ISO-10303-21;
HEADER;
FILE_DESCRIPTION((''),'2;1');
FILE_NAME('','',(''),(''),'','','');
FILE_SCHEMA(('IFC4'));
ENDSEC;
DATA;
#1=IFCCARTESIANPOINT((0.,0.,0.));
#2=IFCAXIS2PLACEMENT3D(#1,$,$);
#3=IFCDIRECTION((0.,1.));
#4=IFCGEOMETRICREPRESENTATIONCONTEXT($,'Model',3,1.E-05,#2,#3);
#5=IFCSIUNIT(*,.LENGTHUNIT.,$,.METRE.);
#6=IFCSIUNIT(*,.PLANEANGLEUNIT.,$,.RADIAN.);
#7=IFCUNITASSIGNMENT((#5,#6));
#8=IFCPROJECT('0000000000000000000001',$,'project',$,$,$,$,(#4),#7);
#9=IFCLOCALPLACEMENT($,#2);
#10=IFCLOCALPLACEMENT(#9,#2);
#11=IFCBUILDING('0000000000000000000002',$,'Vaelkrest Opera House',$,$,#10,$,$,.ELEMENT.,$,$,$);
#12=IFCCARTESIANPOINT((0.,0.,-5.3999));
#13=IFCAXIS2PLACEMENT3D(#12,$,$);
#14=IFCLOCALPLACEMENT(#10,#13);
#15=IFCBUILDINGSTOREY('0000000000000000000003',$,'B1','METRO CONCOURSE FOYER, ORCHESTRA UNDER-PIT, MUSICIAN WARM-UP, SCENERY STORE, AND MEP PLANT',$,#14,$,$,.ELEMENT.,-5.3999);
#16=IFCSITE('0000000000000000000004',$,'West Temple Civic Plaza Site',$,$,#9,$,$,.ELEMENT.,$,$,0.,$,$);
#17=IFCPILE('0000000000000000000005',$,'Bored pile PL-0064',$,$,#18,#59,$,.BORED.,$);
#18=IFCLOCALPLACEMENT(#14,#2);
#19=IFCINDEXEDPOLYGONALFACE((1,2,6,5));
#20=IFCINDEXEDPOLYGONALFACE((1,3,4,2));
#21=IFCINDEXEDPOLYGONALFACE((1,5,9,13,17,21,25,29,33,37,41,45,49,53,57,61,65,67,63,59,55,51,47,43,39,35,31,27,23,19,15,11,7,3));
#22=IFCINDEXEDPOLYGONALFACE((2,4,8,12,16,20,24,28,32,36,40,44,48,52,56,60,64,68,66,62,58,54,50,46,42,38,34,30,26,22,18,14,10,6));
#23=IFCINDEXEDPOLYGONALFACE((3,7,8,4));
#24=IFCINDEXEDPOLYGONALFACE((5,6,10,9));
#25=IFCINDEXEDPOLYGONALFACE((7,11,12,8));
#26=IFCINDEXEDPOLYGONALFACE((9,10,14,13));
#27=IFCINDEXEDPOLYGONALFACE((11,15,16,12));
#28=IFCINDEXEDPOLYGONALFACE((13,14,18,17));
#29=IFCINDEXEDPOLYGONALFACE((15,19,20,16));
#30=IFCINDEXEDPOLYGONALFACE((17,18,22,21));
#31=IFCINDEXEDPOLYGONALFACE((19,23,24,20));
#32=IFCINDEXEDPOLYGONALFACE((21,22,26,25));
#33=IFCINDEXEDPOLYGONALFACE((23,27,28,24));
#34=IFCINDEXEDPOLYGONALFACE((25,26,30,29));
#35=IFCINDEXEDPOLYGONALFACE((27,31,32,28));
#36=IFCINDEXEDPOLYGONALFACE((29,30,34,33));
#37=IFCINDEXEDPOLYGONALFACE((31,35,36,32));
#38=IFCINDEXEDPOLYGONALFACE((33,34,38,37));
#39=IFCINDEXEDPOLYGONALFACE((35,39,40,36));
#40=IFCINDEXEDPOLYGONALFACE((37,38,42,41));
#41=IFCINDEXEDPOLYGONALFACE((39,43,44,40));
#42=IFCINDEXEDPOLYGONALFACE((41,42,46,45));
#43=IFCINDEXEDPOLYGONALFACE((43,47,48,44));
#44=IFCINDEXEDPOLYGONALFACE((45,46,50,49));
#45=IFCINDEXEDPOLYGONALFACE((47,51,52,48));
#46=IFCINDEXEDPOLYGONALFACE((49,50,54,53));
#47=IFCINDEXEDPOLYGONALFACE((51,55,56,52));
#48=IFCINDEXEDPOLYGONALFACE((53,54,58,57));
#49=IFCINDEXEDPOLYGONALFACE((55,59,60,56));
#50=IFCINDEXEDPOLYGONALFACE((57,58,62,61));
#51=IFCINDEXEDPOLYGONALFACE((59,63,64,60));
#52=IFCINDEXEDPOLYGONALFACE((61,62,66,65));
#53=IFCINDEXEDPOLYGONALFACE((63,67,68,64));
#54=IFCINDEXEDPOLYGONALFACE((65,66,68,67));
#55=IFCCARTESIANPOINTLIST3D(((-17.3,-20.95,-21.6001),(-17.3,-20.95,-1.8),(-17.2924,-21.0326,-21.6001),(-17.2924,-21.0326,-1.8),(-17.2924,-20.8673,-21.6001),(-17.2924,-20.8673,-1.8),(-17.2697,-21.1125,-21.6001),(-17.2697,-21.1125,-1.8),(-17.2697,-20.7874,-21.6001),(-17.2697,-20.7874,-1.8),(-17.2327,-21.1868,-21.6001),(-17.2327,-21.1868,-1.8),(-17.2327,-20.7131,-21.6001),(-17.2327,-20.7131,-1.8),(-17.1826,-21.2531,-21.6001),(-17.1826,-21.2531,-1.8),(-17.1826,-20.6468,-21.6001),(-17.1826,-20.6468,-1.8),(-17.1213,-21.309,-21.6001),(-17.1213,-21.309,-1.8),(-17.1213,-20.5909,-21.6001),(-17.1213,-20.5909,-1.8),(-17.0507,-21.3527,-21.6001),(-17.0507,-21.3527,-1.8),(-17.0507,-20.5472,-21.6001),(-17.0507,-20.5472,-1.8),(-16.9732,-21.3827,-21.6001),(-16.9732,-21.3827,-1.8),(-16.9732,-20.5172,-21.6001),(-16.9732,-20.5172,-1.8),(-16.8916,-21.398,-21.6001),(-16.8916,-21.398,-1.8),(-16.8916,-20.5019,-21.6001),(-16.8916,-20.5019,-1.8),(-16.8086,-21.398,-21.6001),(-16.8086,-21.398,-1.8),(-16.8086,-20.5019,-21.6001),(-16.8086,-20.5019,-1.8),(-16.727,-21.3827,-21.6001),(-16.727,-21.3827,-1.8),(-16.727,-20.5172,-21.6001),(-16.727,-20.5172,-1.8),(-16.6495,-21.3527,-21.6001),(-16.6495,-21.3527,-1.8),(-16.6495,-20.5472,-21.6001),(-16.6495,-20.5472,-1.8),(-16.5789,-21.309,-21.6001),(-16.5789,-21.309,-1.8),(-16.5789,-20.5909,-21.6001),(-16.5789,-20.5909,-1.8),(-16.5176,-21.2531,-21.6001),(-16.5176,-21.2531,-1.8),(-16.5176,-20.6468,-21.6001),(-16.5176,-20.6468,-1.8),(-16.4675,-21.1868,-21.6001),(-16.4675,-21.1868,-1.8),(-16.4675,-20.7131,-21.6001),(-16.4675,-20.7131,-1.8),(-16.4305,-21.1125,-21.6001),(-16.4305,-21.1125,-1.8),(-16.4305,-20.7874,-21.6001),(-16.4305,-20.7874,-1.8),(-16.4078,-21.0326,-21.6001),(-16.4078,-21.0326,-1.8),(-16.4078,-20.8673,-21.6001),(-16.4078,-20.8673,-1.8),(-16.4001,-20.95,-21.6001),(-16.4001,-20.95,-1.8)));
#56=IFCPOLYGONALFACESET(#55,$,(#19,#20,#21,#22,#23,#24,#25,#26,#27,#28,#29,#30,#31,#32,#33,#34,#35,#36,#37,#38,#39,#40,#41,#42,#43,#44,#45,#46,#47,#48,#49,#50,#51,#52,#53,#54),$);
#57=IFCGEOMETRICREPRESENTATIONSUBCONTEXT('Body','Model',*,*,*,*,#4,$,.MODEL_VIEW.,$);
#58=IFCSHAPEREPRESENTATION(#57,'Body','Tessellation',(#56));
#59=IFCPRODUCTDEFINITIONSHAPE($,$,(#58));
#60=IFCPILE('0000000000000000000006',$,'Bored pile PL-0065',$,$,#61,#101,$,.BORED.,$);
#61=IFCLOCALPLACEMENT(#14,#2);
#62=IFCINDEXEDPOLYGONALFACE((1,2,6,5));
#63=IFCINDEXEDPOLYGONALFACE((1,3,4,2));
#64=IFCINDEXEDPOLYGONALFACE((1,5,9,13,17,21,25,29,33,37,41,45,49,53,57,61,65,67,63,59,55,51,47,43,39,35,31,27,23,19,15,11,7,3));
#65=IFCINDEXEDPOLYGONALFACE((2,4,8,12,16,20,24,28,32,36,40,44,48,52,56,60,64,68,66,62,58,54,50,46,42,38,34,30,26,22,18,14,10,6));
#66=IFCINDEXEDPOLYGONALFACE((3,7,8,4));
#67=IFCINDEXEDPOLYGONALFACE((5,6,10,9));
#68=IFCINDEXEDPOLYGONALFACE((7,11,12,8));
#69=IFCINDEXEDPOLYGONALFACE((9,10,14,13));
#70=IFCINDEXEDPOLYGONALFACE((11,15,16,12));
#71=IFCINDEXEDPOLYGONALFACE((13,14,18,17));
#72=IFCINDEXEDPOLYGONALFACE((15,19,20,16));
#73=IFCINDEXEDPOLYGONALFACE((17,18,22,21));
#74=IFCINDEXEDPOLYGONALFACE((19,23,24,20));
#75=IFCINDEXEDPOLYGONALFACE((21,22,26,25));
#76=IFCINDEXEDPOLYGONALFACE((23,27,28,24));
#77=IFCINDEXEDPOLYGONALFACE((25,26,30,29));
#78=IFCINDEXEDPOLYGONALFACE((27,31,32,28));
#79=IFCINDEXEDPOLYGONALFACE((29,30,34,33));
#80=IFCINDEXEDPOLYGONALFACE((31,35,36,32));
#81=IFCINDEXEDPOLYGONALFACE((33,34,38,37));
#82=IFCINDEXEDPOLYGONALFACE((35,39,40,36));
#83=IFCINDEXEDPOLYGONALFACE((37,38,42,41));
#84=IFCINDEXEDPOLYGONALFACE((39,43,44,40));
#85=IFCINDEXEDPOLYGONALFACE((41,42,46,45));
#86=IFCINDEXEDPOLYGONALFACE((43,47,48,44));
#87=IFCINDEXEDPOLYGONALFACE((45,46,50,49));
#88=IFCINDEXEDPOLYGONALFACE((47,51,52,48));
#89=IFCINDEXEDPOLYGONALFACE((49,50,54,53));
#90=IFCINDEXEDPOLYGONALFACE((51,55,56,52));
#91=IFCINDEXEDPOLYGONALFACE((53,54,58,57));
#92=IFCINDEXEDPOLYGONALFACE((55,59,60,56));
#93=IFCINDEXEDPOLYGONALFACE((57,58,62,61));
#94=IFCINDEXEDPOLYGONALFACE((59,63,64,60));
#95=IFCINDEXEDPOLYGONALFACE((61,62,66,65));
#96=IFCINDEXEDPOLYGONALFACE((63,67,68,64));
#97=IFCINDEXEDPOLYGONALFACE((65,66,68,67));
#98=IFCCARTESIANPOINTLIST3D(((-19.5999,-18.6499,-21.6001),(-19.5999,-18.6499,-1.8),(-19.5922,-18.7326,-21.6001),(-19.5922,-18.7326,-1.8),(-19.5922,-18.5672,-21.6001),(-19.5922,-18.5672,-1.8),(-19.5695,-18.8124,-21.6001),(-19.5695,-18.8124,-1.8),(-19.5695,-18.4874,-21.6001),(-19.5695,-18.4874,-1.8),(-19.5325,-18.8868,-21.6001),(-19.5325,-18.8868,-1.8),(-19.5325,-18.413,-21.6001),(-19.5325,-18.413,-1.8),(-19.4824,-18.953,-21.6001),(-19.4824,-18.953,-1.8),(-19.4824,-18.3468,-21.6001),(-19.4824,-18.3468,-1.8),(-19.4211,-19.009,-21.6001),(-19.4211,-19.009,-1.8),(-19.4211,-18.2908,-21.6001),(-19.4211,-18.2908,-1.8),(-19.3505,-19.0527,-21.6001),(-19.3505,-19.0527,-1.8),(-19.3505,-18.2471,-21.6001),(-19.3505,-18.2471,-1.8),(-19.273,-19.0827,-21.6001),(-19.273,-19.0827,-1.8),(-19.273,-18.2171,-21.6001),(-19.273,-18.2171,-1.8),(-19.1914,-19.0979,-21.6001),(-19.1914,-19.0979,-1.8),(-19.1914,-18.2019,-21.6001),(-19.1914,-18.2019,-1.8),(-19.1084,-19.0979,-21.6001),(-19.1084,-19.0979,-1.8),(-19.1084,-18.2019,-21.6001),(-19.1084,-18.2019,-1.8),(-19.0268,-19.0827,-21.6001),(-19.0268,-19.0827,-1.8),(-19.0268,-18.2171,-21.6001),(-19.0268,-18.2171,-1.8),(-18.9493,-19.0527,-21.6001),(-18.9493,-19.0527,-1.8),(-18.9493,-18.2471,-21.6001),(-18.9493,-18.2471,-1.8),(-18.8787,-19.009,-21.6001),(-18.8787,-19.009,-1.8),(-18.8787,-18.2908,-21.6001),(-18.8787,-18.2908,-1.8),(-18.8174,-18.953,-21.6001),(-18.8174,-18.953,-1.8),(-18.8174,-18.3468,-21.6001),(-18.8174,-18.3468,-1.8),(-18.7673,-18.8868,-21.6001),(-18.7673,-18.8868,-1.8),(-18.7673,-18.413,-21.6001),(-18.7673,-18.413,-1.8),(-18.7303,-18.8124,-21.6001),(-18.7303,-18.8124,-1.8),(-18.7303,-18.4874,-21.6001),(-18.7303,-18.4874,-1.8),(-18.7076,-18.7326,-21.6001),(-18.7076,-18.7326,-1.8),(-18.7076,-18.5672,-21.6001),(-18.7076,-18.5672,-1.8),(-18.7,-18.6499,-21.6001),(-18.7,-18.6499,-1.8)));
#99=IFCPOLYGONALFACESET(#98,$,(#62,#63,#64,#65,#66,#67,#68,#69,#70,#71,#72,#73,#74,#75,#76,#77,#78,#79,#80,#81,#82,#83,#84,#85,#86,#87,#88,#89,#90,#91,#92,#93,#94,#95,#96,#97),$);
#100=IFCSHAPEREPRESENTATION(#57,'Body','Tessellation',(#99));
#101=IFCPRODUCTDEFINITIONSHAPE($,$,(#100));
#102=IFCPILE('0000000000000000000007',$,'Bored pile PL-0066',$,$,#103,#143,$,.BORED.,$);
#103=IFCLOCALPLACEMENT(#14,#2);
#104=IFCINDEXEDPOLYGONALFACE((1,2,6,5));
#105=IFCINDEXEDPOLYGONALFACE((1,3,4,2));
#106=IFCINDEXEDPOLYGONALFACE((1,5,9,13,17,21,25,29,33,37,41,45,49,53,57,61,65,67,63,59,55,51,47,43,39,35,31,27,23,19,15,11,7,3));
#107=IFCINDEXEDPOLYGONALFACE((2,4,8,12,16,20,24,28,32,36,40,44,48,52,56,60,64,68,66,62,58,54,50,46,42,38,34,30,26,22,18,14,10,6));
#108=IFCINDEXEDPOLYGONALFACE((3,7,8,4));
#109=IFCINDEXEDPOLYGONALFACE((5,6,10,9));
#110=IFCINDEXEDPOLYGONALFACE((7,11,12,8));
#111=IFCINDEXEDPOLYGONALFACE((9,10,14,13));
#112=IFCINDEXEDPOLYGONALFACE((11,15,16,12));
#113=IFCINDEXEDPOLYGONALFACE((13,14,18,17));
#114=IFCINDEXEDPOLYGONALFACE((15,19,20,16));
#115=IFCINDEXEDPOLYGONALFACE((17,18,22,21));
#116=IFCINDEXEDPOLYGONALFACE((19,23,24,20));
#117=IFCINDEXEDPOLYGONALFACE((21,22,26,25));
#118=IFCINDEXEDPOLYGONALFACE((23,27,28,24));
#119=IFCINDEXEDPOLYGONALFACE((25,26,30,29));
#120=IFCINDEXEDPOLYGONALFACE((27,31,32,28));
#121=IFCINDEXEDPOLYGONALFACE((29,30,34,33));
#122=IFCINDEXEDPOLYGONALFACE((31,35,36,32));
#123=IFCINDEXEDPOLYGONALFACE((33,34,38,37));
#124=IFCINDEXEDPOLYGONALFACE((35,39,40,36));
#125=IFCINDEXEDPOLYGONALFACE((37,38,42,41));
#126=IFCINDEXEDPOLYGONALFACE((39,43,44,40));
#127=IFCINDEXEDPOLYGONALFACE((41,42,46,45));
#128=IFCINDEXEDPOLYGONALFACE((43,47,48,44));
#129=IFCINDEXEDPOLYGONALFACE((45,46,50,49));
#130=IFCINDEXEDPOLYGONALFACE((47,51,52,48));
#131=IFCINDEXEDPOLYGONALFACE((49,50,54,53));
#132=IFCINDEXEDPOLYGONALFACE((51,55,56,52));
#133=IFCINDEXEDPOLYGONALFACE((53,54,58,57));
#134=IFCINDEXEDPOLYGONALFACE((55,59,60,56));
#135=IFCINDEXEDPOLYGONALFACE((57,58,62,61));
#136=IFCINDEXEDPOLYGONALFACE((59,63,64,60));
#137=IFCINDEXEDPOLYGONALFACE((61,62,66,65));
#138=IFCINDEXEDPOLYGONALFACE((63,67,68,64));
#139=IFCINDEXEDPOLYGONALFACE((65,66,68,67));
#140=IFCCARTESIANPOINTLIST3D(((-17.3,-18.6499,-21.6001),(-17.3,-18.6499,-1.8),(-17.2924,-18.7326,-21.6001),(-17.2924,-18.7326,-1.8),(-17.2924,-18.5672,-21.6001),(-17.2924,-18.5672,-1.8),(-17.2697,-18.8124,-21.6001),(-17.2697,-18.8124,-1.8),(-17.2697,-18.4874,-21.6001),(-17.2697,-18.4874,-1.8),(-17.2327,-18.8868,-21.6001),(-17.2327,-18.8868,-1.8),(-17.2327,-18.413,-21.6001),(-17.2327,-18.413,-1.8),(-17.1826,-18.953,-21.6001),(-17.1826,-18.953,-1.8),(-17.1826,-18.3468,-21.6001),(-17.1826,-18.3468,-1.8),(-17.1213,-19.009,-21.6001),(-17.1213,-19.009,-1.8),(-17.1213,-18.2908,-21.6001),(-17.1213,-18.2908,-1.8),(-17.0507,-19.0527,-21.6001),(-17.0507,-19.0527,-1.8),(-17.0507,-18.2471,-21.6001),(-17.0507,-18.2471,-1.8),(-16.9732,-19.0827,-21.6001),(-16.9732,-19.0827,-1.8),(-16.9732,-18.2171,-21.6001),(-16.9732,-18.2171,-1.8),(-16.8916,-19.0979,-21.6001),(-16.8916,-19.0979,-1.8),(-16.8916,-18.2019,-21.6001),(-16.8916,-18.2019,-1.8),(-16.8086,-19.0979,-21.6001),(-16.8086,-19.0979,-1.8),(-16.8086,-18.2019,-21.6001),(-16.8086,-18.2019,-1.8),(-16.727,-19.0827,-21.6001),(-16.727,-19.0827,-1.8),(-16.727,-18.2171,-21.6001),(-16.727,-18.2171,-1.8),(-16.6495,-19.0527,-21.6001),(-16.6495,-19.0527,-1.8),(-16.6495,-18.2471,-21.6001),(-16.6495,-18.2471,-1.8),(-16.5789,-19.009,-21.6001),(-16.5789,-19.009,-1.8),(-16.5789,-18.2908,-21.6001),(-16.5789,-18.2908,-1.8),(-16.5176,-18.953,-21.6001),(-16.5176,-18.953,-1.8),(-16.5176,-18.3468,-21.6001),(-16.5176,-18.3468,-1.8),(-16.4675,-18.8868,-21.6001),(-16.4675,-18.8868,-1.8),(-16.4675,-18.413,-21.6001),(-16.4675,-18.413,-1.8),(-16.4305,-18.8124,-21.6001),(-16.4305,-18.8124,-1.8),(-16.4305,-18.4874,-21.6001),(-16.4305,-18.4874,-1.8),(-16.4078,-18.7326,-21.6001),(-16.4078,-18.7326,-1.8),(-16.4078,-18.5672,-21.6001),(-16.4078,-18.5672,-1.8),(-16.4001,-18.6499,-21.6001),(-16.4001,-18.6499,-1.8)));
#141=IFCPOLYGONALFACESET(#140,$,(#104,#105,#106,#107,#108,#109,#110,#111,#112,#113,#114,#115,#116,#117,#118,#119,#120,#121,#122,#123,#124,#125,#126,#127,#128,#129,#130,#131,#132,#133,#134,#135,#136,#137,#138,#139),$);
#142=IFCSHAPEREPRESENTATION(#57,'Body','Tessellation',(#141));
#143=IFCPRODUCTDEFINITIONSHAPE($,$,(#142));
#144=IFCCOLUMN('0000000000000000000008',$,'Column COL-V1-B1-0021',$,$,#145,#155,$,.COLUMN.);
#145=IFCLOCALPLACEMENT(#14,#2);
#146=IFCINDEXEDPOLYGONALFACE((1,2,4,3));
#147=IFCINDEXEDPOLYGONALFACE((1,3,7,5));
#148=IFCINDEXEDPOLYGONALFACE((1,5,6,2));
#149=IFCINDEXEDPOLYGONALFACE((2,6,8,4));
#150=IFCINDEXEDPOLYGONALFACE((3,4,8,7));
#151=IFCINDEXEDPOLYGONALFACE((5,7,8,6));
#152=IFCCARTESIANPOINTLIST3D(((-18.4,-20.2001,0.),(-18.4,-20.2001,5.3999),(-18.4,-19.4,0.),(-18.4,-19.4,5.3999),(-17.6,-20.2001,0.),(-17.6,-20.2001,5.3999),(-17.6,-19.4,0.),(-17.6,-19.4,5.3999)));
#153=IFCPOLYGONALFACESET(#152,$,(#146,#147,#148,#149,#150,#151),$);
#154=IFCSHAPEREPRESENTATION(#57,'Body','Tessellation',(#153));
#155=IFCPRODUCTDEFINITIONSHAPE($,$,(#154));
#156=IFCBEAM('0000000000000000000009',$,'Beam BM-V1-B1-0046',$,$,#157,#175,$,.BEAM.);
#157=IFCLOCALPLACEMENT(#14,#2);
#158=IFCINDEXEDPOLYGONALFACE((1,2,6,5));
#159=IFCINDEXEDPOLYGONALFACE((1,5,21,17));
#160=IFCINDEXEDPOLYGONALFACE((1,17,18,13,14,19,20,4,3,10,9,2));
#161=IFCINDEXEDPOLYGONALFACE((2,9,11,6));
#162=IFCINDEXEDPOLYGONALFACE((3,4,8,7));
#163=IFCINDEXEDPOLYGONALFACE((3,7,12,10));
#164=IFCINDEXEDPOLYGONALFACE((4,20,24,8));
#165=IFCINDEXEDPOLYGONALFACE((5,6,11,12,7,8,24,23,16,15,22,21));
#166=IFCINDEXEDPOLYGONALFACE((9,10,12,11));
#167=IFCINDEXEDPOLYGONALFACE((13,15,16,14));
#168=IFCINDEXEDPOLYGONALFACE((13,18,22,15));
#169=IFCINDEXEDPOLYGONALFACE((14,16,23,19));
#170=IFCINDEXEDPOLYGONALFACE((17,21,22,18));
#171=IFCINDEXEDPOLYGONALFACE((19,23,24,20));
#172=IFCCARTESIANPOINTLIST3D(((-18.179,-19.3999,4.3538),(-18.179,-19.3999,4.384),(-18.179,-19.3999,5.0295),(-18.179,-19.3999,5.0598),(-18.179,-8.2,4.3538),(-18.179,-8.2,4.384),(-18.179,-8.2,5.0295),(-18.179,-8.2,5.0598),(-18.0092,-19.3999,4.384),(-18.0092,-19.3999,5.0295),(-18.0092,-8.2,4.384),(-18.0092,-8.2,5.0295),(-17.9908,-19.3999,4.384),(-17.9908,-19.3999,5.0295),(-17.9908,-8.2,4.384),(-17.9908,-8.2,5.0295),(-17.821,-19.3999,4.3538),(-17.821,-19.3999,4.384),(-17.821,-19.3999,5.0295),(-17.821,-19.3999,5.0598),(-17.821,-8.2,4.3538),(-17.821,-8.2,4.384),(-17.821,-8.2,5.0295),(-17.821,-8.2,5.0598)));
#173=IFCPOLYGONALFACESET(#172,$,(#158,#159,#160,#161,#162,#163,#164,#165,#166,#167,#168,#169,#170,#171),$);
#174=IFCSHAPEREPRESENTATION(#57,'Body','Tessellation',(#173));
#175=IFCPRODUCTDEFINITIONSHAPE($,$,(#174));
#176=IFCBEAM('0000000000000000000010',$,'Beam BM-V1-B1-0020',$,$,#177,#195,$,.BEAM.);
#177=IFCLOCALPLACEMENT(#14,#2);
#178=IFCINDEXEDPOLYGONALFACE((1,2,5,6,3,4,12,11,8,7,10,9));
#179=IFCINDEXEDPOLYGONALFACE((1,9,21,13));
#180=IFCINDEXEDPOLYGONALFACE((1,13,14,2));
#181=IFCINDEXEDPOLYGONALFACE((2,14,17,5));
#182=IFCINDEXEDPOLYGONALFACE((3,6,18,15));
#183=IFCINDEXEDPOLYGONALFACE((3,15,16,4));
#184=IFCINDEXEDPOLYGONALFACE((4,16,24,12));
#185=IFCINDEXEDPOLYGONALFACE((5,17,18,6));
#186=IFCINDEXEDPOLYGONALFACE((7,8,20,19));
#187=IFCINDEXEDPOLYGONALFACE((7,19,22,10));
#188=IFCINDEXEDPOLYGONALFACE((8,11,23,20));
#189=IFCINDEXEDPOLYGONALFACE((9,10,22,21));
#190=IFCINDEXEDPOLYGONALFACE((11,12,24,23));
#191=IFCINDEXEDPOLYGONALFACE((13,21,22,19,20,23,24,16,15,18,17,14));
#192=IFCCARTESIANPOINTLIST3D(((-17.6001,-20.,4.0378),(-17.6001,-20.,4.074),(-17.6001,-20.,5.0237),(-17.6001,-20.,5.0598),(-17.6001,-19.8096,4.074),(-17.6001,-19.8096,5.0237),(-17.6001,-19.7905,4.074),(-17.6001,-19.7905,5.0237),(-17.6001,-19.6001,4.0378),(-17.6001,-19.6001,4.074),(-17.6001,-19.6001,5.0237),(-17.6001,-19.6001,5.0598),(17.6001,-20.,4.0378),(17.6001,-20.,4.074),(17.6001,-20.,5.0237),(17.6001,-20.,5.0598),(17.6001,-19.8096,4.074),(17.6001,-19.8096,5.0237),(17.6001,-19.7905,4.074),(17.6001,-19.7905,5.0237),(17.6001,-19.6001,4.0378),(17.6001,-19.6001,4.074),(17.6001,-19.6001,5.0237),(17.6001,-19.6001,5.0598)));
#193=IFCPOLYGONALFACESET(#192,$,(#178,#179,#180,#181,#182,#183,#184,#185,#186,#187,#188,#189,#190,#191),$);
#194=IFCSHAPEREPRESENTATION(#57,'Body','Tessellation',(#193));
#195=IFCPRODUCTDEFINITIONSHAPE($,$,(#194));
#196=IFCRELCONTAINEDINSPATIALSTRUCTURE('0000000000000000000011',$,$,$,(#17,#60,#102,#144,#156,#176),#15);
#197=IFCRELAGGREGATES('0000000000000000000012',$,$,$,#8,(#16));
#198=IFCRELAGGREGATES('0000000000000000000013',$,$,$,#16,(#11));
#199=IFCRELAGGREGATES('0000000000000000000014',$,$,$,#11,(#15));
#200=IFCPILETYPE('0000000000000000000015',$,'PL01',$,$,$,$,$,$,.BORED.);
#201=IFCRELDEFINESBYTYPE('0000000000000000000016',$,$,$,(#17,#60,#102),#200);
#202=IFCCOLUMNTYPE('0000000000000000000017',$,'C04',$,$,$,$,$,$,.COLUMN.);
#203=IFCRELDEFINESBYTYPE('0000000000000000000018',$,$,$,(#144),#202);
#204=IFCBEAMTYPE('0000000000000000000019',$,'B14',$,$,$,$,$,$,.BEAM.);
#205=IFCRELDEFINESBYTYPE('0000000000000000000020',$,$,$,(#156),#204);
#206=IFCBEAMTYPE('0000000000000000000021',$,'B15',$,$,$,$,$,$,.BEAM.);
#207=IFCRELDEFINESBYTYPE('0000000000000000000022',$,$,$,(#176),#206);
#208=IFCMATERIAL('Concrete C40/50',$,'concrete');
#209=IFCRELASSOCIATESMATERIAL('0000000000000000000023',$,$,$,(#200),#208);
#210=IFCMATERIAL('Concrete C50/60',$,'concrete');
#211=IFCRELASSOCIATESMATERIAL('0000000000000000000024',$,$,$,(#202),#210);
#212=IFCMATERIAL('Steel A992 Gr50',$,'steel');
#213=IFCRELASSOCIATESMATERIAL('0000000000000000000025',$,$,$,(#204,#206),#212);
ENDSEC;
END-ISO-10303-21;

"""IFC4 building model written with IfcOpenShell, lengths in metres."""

from ifc_helpers import new_model, si_unit, direction, frame, origin, origin_2d, place, context, subcontext, project, spatial, rectangle, circle, i_section, extrude, material, material_profile, profile_set, type_object, element, save


model = new_model("IFC4")

# Units and contexts
model_context = context("Model", 3, precision=1e-05, world=origin(), true_north=direction((0.0, 1.0)))
body_context = subcontext(model_context, "Body", "Model", "MODEL_VIEW")
ifc_project = project(units=[si_unit("LENGTHUNIT", "METRE"), si_unit("PLANEANGLEUNIT", "RADIAN")], contexts=[model_context])

# Site, building, storey
site_placement = place(None, origin())
site = spatial("IfcSite", under=ifc_project, at=site_placement, Name="West Temple Civic Plaza Site", CompositionType="ELEMENT", RefElevation=0.0)
building_placement = place(site_placement, origin())
building = spatial("IfcBuilding", under=site, at=building_placement, Name="Vaelkrest Opera House", CompositionType="ELEMENT")
storey_placement = place(building_placement, frame((0.0, 0.0, -5.3999)))
storey = spatial("IfcBuildingStorey", under=building, at=storey_placement, Name="B1", Description="METRO CONCOURSE FOYER, ORCHESTRA UNDER-PIT, MUSICIAN WARM-UP, SCENERY STORE, AND MEP PLANT", CompositionType="ELEMENT", Elevation=-5.3999)

# Shared definitions
ifc_material_1 = material(Name="Concrete C40/50", Category="concrete")

# Piles
ifc_material_profile_1 = material_profile(ifc_material_1, circle(Radius=0.45, at=origin_2d()), Name="PILE900")
ifc_profile_set_1 = profile_set([ifc_material_profile_1], Name="Concrete C40/50")
pile_type = type_object("IfcPileType", Name="PL01", PredefinedType="BORED", material=ifc_profile_set_1)
for number, where, z_axis, x_axis, name in (
    (1, (-16.8501, -20.95, -1.8), (0.0, 0.0, -1.0), (1.0, 0.0, 0.0), "Bored pile PL-0064"),
    (2, (-19.1499, -18.6499, -1.8), (0.0, 0.0, -1.0), (1.0, 0.0, 0.0), "Bored pile PL-0065"),
    (3, (-16.8501, -18.6499, -1.8), (0.0, 0.0, -1.0), (1.0, 0.0, 0.0), "Bored pile PL-0066"),
):
    element("IfcPile", number, at=place(storey_placement, frame(where, z_axis=z_axis, x_axis=x_axis)), inside=storey, type_object=pile_type, Name=name, PredefinedType="BORED", context=body_context, shape_type="SweptSolid", body=[
        extrude(circle(Radius=0.45, at=origin_2d()), origin(), (0.0, 0.0, 1.0), 19.8),
    ])

# Column
ifc_material_2 = material(Name="Concrete C50/60", Category="concrete")
ifc_material_profile_2 = material_profile(ifc_material_2, rectangle(XDim=0.8, YDim=0.8, at=origin_2d()), Name="RC800X800")
ifc_profile_set_2 = profile_set([ifc_material_profile_2], Name="Concrete C50/60")
column_type = type_object("IfcColumnType", Name="C04", PredefinedType="COLUMN", material=ifc_profile_set_2)
column_placement = place(storey_placement, frame((-18.0, -19.8, 0.0), z_axis=(0.0, 0.0, 1.0), x_axis=(1.0, 0.0, 0.0)))
element("IfcColumn", 4, at=column_placement, inside=storey, type_object=column_type, Name="Column COL-V1-B1-0021", PredefinedType="COLUMN", context=body_context, shape_type="SweptSolid", body=[
    extrude(rectangle(XDim=0.8, YDim=0.8, at=origin_2d()), origin(), (0.0, 0.0, 1.0), 5.3999),
])

# Beams
ifc_material_3 = material(Name="Steel A992 Gr50", Category="steel")
ifc_material_profile_3 = material_profile(ifc_material_3, i_section(OverallWidth=0.3579, OverallDepth=0.7061, WebThickness=0.0183, FlangeThickness=0.0303, at=origin_2d()), Name="W27X178")
ifc_profile_set_3 = profile_set([ifc_material_profile_3], Name="Steel A992 Gr50")
beam_type_1 = type_object("IfcBeamType", Name="B14", PredefinedType="BEAM", material=ifc_profile_set_3)
beam_1_placement = place(storey_placement, frame((-18.0, -19.3999, 4.7068), z_axis=(0.0, 1.0, 0.0), x_axis=(-1.0, 0.0, 0.0)))
element("IfcBeam", 5, at=beam_1_placement, inside=storey, type_object=beam_type_1, Name="Beam BM-V1-B1-0046", PredefinedType="BEAM", context=body_context, shape_type="SweptSolid", body=[
    extrude(i_section(OverallWidth=0.3579, OverallDepth=0.7061, WebThickness=0.0183, FlangeThickness=0.0303, at=origin_2d()), origin(), (0.0, 0.0, 1.0), 11.2),
])
ifc_material_profile_4 = material_profile(ifc_material_3, i_section(OverallWidth=0.3999, OverallDepth=1.022, WebThickness=0.019, FlangeThickness=0.0361, at=origin_2d()), Name="W40X249")
ifc_profile_set_4 = profile_set([ifc_material_profile_4], Name="Steel A992 Gr50")
beam_type_2 = type_object("IfcBeamType", Name="B15", PredefinedType="BEAM", material=ifc_profile_set_4)
beam_2_placement = place(storey_placement, frame((-17.6001, -19.8, 4.5488), z_axis=(1.0, 0.0, 0.0), x_axis=(0.0, 1.0, 0.0)))
element("IfcBeam", 6, at=beam_2_placement, inside=storey, type_object=beam_type_2, Name="Beam BM-V1-B1-0020", PredefinedType="BEAM", context=body_context, shape_type="SweptSolid", body=[
    extrude(i_section(OverallWidth=0.3999, OverallDepth=1.022, WebThickness=0.019, FlangeThickness=0.0361, at=origin_2d()), origin(), (0.0, 0.0, 1.0), 35.2002),
])

save(model, "model.ifc")
